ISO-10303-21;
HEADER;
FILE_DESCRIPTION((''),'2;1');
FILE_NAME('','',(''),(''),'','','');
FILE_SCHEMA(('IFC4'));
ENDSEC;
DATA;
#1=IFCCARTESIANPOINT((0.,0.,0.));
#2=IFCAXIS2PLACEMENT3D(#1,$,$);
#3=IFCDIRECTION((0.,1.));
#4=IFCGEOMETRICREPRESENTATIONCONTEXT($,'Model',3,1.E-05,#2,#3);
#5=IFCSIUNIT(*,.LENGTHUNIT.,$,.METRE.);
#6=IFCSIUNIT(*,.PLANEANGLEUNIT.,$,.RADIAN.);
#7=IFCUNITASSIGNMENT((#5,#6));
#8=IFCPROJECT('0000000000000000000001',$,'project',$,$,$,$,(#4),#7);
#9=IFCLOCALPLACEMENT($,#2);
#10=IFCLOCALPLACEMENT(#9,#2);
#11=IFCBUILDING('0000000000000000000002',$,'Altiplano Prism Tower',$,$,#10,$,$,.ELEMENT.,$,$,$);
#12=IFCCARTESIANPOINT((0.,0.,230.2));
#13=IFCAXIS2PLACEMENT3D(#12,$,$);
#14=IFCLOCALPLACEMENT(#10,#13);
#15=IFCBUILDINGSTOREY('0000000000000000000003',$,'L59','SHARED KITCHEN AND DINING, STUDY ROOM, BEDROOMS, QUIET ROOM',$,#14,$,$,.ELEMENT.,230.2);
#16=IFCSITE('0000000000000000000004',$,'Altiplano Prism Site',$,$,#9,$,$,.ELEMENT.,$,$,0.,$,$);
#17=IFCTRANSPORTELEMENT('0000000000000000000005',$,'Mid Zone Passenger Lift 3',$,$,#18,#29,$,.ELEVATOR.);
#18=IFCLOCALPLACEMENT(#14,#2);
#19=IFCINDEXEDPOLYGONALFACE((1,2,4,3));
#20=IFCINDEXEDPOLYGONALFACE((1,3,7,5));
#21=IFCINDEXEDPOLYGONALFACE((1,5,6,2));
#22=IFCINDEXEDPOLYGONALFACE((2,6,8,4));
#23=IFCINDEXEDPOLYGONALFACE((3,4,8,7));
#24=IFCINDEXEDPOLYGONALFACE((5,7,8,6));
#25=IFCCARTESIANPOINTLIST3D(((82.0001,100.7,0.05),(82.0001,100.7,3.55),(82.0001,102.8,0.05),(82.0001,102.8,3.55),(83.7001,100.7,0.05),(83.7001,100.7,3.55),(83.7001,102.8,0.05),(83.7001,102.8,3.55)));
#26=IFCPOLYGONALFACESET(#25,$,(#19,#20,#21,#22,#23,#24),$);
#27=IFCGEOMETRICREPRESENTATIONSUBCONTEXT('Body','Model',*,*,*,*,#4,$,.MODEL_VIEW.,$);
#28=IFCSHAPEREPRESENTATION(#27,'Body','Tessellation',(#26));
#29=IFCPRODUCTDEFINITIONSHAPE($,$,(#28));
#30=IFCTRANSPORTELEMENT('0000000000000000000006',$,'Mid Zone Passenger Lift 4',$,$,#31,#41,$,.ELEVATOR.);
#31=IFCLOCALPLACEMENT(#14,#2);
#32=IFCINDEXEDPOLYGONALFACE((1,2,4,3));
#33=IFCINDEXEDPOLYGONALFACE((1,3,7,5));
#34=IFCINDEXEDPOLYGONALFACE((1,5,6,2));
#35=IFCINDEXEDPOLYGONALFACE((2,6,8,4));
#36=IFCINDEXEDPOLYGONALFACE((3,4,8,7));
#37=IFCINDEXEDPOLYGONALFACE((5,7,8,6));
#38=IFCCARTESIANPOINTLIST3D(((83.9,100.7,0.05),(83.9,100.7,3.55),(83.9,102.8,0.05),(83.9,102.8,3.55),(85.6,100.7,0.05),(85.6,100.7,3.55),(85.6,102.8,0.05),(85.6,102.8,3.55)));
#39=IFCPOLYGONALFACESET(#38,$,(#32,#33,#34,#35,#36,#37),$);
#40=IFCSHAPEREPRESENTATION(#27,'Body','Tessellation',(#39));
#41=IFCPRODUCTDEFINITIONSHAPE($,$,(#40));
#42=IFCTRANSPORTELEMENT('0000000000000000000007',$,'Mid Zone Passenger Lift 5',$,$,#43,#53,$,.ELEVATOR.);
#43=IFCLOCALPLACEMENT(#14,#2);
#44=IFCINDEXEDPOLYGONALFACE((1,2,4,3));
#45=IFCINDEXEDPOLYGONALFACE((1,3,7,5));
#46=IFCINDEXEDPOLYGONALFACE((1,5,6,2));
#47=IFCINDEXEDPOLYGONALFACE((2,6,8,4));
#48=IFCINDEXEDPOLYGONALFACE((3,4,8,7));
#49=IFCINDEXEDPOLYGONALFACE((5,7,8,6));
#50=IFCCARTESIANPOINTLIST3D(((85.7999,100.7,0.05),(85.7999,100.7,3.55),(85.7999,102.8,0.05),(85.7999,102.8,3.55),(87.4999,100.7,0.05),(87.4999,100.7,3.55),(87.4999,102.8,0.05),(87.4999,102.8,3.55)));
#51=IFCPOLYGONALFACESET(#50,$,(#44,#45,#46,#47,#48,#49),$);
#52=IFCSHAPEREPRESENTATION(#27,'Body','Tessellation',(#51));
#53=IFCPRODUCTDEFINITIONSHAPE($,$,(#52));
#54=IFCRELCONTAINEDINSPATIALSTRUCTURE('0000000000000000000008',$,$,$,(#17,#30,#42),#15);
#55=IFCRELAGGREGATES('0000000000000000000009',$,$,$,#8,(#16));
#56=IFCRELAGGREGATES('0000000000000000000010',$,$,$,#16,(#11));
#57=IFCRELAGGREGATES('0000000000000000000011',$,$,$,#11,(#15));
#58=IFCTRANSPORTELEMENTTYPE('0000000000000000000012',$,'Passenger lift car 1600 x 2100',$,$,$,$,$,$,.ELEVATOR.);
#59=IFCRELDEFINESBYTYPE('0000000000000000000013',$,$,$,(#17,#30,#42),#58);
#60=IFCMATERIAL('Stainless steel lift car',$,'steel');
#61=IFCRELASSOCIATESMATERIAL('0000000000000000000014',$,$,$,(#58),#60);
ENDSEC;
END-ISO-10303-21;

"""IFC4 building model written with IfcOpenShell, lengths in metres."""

from ifc_helpers import new_model, si_unit, direction, frame, origin, origin_2d, place, context, subcontext, project, spatial, rectangle, extrude, material, type_object, element, save


model = new_model("IFC4")

# Units and contexts
model_context = context("Model", 3, precision=1e-05, world=origin(), true_north=direction((0.0, 1.0)))
body_context = subcontext(model_context, "Body", "Model", "MODEL_VIEW")
ifc_project = project(units=[si_unit("LENGTHUNIT", "METRE"), si_unit("PLANEANGLEUNIT", "RADIAN")], contexts=[model_context])

# Site, building, storey
site_placement = place(None, origin())
site = spatial("IfcSite", under=ifc_project, at=site_placement, Name="Altiplano Prism Site", CompositionType="ELEMENT", RefElevation=0.0)
building_placement = place(site_placement, origin())
building = spatial("IfcBuilding", under=site, at=building_placement, Name="Altiplano Prism Tower", CompositionType="ELEMENT")
storey_placement = place(building_placement, frame((0.0, 0.0, 230.2)))
storey = spatial("IfcBuildingStorey", under=building, at=storey_placement, Name="L59", Description="SHARED KITCHEN AND DINING, STUDY ROOM, BEDROOMS, QUIET ROOM", CompositionType="ELEMENT", Elevation=230.2)

# Transport elements
ifc_material_1 = material(Name="Stainless steel lift car", Category="steel")
transport_element_type = type_object("IfcTransportElementType", Name="Passenger lift car 1600 x 2100", PredefinedType="ELEVATOR", material=ifc_material_1)
for number, where, z_axis, x_axis, name in (
    (1, (82.8501, 101.75, 0.05), (0.0, 0.0, 1.0), (1.0, 0.0, 0.0), "Mid Zone Passenger Lift 3"),
    (2, (84.75, 101.75, 0.05), (0.0, 0.0, 1.0), (1.0, 0.0, 0.0), "Mid Zone Passenger Lift 4"),
    (3, (86.6499, 101.75, 0.05), (0.0, 0.0, 1.0), (1.0, 0.0, 0.0), "Mid Zone Passenger Lift 5"),
):
    element("IfcTransportElement", number, at=place(storey_placement, frame(where, z_axis=z_axis, x_axis=x_axis)), inside=storey, type_object=transport_element_type, Name=name, PredefinedType="ELEVATOR", context=body_context, shape_type="SweptSolid", body=[
        extrude(rectangle(XDim=1.7, YDim=2.1001, at=origin_2d()), origin(), (0.0, 0.0, 1.0), 3.5),
    ])

save(model, "model.ifc")
